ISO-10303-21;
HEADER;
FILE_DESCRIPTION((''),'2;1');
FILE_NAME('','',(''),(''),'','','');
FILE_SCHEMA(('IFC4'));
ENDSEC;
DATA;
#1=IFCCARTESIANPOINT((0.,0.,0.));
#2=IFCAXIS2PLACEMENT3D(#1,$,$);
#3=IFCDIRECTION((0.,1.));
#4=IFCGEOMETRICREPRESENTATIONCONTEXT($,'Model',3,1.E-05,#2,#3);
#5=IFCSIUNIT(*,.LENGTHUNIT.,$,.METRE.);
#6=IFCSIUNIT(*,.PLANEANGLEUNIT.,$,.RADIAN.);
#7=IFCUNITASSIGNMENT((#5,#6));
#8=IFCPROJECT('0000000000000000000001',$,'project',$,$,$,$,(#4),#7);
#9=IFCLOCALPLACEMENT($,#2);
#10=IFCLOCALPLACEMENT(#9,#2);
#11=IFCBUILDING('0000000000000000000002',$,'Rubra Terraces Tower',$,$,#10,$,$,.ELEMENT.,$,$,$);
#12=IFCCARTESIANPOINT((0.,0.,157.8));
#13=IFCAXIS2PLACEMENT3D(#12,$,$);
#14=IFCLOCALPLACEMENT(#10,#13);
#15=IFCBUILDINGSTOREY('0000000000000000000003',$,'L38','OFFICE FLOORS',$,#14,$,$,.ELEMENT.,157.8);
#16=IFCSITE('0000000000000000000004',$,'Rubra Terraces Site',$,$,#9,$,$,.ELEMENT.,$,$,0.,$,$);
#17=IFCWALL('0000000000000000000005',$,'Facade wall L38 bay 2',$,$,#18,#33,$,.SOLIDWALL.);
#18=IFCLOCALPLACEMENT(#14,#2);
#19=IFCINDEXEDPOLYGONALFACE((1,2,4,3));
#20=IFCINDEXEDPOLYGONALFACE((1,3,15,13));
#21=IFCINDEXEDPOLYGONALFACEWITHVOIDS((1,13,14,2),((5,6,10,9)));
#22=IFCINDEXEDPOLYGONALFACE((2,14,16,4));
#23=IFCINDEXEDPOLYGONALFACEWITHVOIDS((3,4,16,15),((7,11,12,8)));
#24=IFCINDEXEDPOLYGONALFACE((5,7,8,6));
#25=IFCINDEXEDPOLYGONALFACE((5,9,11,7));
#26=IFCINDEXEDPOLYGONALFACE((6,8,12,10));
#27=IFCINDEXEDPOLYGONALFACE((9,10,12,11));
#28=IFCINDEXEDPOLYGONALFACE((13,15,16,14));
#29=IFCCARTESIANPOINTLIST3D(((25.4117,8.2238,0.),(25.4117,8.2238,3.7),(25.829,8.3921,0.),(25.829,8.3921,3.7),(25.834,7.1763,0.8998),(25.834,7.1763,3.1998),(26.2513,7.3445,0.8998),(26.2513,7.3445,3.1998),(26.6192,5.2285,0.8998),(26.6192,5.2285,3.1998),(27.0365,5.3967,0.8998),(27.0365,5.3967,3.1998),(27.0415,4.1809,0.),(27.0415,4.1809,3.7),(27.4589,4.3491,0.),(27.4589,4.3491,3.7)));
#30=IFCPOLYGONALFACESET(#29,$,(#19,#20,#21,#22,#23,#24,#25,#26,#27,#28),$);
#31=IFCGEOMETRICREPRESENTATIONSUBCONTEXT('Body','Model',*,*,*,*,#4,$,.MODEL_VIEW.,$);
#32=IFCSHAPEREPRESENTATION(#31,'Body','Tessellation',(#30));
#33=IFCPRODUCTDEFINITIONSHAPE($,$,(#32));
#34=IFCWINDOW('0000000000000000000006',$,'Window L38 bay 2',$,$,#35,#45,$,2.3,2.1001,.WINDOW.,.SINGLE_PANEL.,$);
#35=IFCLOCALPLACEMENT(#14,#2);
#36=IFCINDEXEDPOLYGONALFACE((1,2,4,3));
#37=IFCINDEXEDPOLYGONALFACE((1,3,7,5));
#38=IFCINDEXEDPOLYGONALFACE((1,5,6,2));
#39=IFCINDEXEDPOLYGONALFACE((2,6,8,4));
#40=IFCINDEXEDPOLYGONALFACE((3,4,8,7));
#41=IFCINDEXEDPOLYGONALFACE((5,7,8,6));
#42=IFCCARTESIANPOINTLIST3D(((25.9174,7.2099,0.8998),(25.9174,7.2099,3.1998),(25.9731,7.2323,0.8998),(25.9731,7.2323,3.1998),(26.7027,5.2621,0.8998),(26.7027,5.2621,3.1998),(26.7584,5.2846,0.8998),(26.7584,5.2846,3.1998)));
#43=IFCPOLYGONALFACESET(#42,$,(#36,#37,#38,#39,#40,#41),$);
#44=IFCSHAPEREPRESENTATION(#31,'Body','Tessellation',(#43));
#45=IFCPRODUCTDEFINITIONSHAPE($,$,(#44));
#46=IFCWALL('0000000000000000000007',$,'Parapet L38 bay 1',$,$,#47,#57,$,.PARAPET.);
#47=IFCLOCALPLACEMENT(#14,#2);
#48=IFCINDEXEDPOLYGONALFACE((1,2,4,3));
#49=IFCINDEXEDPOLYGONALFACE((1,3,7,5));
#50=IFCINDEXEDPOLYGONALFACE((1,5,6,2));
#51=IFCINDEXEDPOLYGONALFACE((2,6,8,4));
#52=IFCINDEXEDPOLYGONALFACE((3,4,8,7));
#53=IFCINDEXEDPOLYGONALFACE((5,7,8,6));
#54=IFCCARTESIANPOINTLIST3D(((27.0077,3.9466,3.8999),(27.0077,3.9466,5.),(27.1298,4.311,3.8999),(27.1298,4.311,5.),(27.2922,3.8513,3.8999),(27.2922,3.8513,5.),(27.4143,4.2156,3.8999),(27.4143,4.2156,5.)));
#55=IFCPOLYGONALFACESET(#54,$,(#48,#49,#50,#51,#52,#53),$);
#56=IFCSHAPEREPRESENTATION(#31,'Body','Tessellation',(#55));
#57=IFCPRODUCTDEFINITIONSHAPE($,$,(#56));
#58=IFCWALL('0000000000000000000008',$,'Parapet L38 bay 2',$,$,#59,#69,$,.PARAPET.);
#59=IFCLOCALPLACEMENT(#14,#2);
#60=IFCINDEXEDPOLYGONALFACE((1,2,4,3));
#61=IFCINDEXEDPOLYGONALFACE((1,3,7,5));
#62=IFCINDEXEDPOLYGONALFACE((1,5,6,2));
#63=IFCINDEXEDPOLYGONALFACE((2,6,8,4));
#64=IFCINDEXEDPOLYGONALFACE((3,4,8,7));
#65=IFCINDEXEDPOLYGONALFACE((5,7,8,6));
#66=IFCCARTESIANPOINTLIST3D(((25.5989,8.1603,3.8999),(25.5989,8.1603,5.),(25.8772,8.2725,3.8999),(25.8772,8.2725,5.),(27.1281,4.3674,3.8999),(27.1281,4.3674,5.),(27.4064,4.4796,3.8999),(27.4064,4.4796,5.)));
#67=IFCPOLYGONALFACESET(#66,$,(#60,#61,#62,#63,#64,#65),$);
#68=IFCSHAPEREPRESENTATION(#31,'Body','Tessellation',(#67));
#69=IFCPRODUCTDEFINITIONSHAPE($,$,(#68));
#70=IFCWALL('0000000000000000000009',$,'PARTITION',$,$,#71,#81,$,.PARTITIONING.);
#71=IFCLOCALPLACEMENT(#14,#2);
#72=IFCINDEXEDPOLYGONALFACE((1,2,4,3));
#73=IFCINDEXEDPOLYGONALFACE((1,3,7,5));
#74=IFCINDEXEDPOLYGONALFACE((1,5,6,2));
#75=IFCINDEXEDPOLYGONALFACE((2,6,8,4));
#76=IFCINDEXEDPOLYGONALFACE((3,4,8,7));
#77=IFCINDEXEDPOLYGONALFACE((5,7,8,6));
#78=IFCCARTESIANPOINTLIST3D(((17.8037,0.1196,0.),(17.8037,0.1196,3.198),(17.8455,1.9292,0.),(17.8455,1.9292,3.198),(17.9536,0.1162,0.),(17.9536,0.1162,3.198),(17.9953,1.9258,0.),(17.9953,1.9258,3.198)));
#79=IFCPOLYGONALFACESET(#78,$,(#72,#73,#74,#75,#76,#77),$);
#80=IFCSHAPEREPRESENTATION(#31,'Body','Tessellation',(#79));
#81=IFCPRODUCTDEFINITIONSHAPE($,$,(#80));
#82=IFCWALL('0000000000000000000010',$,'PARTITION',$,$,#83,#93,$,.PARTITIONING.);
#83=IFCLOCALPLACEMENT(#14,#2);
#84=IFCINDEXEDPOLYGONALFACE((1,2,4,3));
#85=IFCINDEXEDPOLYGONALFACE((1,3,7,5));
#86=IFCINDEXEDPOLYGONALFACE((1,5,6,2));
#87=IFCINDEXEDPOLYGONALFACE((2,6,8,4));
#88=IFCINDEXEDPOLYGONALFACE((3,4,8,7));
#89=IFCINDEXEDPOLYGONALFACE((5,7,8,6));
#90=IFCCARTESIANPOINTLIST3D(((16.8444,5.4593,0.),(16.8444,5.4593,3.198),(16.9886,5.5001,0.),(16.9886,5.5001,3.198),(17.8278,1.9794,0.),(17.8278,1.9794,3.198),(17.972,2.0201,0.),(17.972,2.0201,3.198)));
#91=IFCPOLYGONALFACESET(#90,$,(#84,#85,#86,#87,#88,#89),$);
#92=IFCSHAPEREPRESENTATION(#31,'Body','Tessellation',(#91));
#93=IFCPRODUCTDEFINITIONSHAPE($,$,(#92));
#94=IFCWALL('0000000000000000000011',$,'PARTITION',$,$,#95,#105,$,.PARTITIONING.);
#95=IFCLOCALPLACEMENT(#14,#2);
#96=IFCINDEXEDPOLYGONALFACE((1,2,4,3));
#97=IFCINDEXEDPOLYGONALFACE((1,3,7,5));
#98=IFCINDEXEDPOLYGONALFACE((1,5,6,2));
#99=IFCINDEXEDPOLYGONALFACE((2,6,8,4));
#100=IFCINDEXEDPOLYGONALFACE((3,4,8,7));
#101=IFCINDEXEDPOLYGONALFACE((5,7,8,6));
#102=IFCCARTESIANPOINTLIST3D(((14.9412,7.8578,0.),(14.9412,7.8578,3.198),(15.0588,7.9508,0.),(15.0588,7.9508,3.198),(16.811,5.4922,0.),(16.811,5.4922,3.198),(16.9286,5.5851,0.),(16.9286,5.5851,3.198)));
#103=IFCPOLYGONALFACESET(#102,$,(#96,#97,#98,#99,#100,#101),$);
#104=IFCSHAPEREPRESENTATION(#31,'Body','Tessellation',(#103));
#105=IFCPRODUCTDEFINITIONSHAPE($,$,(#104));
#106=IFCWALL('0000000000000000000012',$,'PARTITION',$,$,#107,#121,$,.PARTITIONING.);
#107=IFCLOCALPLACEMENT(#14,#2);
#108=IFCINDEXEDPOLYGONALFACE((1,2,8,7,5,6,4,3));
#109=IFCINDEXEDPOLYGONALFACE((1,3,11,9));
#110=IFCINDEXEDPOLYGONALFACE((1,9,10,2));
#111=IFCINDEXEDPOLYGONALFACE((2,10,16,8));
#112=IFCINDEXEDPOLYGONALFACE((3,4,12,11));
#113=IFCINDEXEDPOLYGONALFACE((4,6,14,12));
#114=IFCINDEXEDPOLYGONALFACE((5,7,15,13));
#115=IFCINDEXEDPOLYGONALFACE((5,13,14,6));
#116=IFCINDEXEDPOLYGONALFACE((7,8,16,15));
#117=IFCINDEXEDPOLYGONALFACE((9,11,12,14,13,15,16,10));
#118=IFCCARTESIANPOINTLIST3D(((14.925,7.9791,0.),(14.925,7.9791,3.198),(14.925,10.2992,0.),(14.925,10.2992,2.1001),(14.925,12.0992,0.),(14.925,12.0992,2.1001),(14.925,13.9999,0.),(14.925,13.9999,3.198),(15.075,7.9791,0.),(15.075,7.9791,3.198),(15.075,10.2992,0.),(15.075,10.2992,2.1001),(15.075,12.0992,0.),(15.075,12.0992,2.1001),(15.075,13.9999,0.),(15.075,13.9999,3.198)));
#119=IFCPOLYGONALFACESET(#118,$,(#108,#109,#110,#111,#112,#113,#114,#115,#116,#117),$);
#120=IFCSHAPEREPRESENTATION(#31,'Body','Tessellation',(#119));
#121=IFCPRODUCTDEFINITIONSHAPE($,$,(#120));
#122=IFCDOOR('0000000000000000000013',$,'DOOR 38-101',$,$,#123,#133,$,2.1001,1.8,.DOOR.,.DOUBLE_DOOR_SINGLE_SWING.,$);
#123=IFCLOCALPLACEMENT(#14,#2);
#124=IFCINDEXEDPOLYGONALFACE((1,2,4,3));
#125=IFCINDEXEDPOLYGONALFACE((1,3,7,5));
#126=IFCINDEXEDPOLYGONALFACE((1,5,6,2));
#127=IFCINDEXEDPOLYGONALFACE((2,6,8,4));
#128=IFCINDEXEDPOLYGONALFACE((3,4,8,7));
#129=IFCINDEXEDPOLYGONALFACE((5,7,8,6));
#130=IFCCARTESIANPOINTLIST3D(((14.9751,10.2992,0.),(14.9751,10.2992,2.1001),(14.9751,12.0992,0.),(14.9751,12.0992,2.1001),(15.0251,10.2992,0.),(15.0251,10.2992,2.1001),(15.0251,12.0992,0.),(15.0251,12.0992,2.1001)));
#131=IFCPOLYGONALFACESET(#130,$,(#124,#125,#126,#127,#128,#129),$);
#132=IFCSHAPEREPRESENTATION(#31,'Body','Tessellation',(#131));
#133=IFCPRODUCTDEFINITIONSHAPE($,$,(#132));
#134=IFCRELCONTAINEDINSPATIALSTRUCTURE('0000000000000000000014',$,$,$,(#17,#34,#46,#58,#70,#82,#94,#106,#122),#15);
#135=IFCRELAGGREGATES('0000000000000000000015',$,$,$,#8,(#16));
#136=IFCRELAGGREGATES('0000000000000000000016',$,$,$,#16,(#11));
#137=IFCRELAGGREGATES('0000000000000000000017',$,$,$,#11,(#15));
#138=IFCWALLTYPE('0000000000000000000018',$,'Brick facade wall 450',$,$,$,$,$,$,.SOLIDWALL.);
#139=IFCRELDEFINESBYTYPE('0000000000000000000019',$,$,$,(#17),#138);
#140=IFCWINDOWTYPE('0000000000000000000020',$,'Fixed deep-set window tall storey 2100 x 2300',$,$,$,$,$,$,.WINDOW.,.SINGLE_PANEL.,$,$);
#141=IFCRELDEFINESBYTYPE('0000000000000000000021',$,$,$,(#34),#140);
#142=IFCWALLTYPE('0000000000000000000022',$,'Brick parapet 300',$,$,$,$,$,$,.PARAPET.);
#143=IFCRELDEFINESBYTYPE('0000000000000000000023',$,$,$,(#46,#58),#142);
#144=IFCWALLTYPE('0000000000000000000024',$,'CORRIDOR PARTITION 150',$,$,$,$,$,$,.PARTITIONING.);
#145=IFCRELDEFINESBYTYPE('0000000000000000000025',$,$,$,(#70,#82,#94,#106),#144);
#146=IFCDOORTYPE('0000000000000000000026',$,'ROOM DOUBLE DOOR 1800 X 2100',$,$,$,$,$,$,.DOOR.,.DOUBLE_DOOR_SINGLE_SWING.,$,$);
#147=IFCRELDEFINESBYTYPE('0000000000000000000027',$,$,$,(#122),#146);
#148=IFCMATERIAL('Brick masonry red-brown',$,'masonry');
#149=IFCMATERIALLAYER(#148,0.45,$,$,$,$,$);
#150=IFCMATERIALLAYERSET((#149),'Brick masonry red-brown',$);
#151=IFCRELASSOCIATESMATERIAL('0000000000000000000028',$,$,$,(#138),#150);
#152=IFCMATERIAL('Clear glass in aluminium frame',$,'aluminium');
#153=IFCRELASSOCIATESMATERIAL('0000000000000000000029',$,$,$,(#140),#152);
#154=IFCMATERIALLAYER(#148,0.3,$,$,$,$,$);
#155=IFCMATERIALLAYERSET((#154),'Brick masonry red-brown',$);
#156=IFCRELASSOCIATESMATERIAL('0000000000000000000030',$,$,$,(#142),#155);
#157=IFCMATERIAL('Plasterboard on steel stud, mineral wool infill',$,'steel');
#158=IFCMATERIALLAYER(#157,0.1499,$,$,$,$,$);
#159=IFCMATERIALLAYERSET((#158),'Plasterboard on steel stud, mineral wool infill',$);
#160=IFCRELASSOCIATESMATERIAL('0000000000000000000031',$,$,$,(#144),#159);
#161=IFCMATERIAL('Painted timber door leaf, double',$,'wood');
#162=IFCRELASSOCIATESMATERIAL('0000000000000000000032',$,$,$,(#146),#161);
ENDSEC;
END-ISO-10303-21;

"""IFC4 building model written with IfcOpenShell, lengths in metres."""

from ifc_helpers import new_model, si_unit, direction, frame, frame_2d, origin, place, context, subcontext, project, spatial, rectangle, extrude, material, layer, layer_set, type_object, element, fill, save


model = new_model("IFC4")

# Units and contexts
model_context = context("Model", 3, precision=1e-05, world=origin(), true_north=direction((0.0, 1.0)))
body_context = subcontext(model_context, "Body", "Model", "MODEL_VIEW")
ifc_project = project(units=[si_unit("LENGTHUNIT", "METRE"), si_unit("PLANEANGLEUNIT", "RADIAN")], contexts=[model_context])

# Site, building, storey
site_placement = place(None, origin())
site = spatial("IfcSite", under=ifc_project, at=site_placement, Name="Rubra Terraces Site", CompositionType="ELEMENT", RefElevation=0.0)
building_placement = place(site_placement, origin())
building = spatial("IfcBuilding", under=site, at=building_placement, Name="Rubra Terraces Tower", CompositionType="ELEMENT")
storey_placement = place(building_placement, frame((0.0, 0.0, 157.8)))
storey = spatial("IfcBuildingStorey", under=building, at=storey_placement, Name="L38", Description="OFFICE FLOORS", CompositionType="ELEMENT", Elevation=157.8)

# Wall, opening, window
ifc_material_1 = material(Name="Brick masonry red-brown", Category="masonry")
ifc_layer_1 = layer(ifc_material_1, 0.45)
ifc_layer_set_1 = layer_set([ifc_layer_1], Name="Brick masonry red-brown")
wall_type_1 = type_object("IfcWallType", Name="Brick facade wall 450", PredefinedType="SOLIDWALL", material=ifc_layer_set_1)
ifc_material_2 = material(Name="Clear glass in aluminium frame", Category="aluminium")
window_type = type_object("IfcWindowType", Name="Fixed deep-set window tall storey 2100 x 2300", PartitioningType="SINGLE_PANEL", PredefinedType="WINDOW", material=ifc_material_2)
wall_1_placement = place(storey_placement, frame((27.2502, 4.2649, 0.0), z_axis=(0.0, 0.0, 1.0), x_axis=(-0.3739, 0.927469, 0.0)))
wall_1 = element("IfcWall", 1, at=wall_1_placement, inside=storey, type_object=wall_type_1, Name="Facade wall L38 bay 2", PredefinedType="SOLIDWALL", context=body_context, shape_type="SweptSolid", body=[
    extrude(rectangle(XDim=4.3591, YDim=0.45, at=frame_2d((2.1797, 0.0))), origin(), (0.0, 0.0, 1.0), 3.7),
])
opening_1_placement = place(wall_1_placement, frame((1.1296, 0.0, 0.8999)))
opening_1 = element("IfcOpeningElement", 2, at=opening_1_placement, cuts=wall_1, PredefinedType="OPENING", context=body_context, shape_type="SweptSolid", body=[
    extrude(rectangle(XDim=2.1001, YDim=2.3, at=frame_2d((1.05, 1.1499))), frame((0.0, 0.2349, 0.0), z_axis=(0.0, -1.0, 0.0), x_axis=(1.0, 0.0, 0.0)), (0.0, 0.0, 1.0), 0.47),
])
window_1_placement = place(opening_1_placement, origin())
window_1 = element("IfcWindow", 3, at=window_1_placement, inside=storey, type_object=window_type, Name="Window L38 bay 2", OverallHeight=2.3, OverallWidth=2.1001, PartitioningType="SINGLE_PANEL", PredefinedType="WINDOW", context=body_context, shape_type="SweptSolid", body=[
    extrude(rectangle(XDim=2.1001, YDim=2.3, at=frame_2d((1.05, 1.1499))), frame((0.0, 0.135, 0.0), z_axis=(0.0, -1.0, 0.0), x_axis=(1.0, 0.0, 0.0)), (0.0, 0.0, 1.0), 0.0601),
])
fill(opening_1, window_1)

# Walls
ifc_layer_2 = layer(ifc_material_1, 0.3)
ifc_layer_set_2 = layer_set([ifc_layer_2], Name="Brick masonry red-brown")
wall_type_2 = type_object("IfcWallType", Name="Brick parapet 300", PredefinedType="PARAPET", material=ifc_layer_set_2)
wall_2_placement = place(storey_placement, frame((27.1499, 3.8989, 3.8999), z_axis=(0.0, 0.0, 1.0), x_axis=(0.317753, 0.948174, 0.0)))
element("IfcWall", 4, at=wall_2_placement, inside=storey, type_object=wall_type_2, Name="Parapet L38 bay 1", PredefinedType="PARAPET", context=body_context, shape_type="SweptSolid", body=[
    extrude(rectangle(XDim=0.3843, YDim=0.3, at=frame_2d((0.1921, 0.0))), origin(), (0.0, 0.0, 1.0), 1.1001),
])
wall_3_placement = place(storey_placement, frame((27.2673, 4.4233, 3.8999), z_axis=(0.0, 0.0, 1.0), x_axis=(-0.373942, 0.927452, 0.0)))
element("IfcWall", 5, at=wall_3_placement, inside=storey, type_object=wall_type_2, Name="Parapet L38 bay 2", PredefinedType="PARAPET", context=body_context, shape_type="SweptSolid", body=[
    extrude(rectangle(XDim=4.0896, YDim=0.3, at=frame_2d((2.0449, 0.0))), origin(), (0.0, 0.0, 1.0), 1.1001),
])
ifc_material_3 = material(Name="Plasterboard on steel stud, mineral wool infill", Category="steel")
ifc_layer_3 = layer(ifc_material_3, 0.1499)
ifc_layer_set_3 = layer_set([ifc_layer_3], Name="Plasterboard on steel stud, mineral wool infill")
wall_type_3 = type_object("IfcWallType", Name="CORRIDOR PARTITION 150", PredefinedType="PARTITIONING", material=ifc_layer_set_3)
wall_4_placement = place(storey_placement, frame((17.8787, 0.1179, 0.0), z_axis=(0.0, 0.0, 1.0), x_axis=(0.023065, 0.999734, 0.0)))
element("IfcWall", 6, at=wall_4_placement, inside=storey, type_object=wall_type_3, Name="PARTITION", PredefinedType="PARTITIONING", context=body_context, shape_type="SweptSolid", body=[
    extrude(rectangle(XDim=1.8101, YDim=0.1499, at=frame_2d((0.905, 0.0))), origin(), (0.0, 0.0, 1.0), 3.198),
])
wall_5_placement = place(storey_placement, frame((17.8999, 1.9998, 0.0), z_axis=(0.0, 0.0, 1.0), x_axis=(-0.271938, 0.962315, 0.0)))
element("IfcWall", 7, at=wall_5_placement, inside=storey, type_object=wall_type_3, Name="PARTITION", PredefinedType="PARTITIONING", context=body_context, shape_type="SweptSolid", body=[
    extrude(rectangle(XDim=3.6162, YDim=0.1499, at=frame_2d((1.8081, 0.0))), origin(), (0.0, 0.0, 1.0), 3.198),
])
wall_6_placement = place(storey_placement, frame((16.8699, 5.5386, 0.0), z_axis=(0.0, 0.0, 1.0), x_axis=(-0.620093, 0.784528, 0.0)))
element("IfcWall", 8, at=wall_6_placement, inside=storey, type_object=wall_type_3, Name="PARTITION", PredefinedType="PARTITIONING", context=body_context, shape_type="SweptSolid", body=[
    extrude(rectangle(XDim=3.0154, YDim=0.1499, at=frame_2d((1.5078, 0.0))), origin(), (0.0, 0.0, 1.0), 3.198),
])

# Wall, opening, door
wall_7_placement = place(storey_placement, frame((15.0, 7.9792, 0.0), z_axis=(0.0, 0.0, 1.0), x_axis=(0.0, 1.0, 0.0)))
wall_7 = element("IfcWall", 9, at=wall_7_placement, inside=storey, type_object=wall_type_3, Name="PARTITION", PredefinedType="PARTITIONING", context=body_context, shape_type="SweptSolid", body=[
    extrude(rectangle(XDim=6.0208, YDim=0.1499, at=frame_2d((3.0103, 0.0))), origin(), (0.0, 0.0, 1.0), 3.198),
])
opening_2_placement = place(wall_7_placement, frame((2.3201, 0.0, 0.0)))
opening_2 = element("IfcOpeningElement", 10, at=opening_2_placement, cuts=wall_7, PredefinedType="OPENING", context=body_context, shape_type="SweptSolid", body=[
    extrude(rectangle(XDim=1.8, YDim=2.1001, at=frame_2d((0.8999, 1.05))), frame((0.0, 0.085, 0.0), z_axis=(0.0, -1.0, 0.0), x_axis=(1.0, 0.0, 0.0)), (0.0, 0.0, 1.0), 0.1699),
])
ifc_material_4 = material(Name="Painted timber door leaf, double", Category="wood")
door_type_1 = type_object("IfcDoorType", Name="ROOM DOUBLE DOOR 1800 X 2100", OperationType="DOUBLE_DOOR_SINGLE_SWING", PredefinedType="DOOR", material=ifc_material_4)
door_1_placement = place(opening_2_placement, origin())
door_1 = element("IfcDoor", 11, at=door_1_placement, inside=storey, type_object=door_type_1, Name="DOOR 38-101", OperationType="DOUBLE_DOOR_SINGLE_SWING", OverallHeight=2.1001, OverallWidth=1.8, PredefinedType="DOOR", context=body_context, shape_type="SweptSolid", body=[
    extrude(rectangle(XDim=1.8, YDim=2.1001, at=frame_2d((0.8999, 1.05))), frame((0.0, 0.0249, 0.0), z_axis=(0.0, -1.0, 0.0), x_axis=(1.0, 0.0, 0.0)), (0.0, 0.0, 1.0), 0.05),
])
fill(opening_2, door_1)

save(model, "model.ifc")
